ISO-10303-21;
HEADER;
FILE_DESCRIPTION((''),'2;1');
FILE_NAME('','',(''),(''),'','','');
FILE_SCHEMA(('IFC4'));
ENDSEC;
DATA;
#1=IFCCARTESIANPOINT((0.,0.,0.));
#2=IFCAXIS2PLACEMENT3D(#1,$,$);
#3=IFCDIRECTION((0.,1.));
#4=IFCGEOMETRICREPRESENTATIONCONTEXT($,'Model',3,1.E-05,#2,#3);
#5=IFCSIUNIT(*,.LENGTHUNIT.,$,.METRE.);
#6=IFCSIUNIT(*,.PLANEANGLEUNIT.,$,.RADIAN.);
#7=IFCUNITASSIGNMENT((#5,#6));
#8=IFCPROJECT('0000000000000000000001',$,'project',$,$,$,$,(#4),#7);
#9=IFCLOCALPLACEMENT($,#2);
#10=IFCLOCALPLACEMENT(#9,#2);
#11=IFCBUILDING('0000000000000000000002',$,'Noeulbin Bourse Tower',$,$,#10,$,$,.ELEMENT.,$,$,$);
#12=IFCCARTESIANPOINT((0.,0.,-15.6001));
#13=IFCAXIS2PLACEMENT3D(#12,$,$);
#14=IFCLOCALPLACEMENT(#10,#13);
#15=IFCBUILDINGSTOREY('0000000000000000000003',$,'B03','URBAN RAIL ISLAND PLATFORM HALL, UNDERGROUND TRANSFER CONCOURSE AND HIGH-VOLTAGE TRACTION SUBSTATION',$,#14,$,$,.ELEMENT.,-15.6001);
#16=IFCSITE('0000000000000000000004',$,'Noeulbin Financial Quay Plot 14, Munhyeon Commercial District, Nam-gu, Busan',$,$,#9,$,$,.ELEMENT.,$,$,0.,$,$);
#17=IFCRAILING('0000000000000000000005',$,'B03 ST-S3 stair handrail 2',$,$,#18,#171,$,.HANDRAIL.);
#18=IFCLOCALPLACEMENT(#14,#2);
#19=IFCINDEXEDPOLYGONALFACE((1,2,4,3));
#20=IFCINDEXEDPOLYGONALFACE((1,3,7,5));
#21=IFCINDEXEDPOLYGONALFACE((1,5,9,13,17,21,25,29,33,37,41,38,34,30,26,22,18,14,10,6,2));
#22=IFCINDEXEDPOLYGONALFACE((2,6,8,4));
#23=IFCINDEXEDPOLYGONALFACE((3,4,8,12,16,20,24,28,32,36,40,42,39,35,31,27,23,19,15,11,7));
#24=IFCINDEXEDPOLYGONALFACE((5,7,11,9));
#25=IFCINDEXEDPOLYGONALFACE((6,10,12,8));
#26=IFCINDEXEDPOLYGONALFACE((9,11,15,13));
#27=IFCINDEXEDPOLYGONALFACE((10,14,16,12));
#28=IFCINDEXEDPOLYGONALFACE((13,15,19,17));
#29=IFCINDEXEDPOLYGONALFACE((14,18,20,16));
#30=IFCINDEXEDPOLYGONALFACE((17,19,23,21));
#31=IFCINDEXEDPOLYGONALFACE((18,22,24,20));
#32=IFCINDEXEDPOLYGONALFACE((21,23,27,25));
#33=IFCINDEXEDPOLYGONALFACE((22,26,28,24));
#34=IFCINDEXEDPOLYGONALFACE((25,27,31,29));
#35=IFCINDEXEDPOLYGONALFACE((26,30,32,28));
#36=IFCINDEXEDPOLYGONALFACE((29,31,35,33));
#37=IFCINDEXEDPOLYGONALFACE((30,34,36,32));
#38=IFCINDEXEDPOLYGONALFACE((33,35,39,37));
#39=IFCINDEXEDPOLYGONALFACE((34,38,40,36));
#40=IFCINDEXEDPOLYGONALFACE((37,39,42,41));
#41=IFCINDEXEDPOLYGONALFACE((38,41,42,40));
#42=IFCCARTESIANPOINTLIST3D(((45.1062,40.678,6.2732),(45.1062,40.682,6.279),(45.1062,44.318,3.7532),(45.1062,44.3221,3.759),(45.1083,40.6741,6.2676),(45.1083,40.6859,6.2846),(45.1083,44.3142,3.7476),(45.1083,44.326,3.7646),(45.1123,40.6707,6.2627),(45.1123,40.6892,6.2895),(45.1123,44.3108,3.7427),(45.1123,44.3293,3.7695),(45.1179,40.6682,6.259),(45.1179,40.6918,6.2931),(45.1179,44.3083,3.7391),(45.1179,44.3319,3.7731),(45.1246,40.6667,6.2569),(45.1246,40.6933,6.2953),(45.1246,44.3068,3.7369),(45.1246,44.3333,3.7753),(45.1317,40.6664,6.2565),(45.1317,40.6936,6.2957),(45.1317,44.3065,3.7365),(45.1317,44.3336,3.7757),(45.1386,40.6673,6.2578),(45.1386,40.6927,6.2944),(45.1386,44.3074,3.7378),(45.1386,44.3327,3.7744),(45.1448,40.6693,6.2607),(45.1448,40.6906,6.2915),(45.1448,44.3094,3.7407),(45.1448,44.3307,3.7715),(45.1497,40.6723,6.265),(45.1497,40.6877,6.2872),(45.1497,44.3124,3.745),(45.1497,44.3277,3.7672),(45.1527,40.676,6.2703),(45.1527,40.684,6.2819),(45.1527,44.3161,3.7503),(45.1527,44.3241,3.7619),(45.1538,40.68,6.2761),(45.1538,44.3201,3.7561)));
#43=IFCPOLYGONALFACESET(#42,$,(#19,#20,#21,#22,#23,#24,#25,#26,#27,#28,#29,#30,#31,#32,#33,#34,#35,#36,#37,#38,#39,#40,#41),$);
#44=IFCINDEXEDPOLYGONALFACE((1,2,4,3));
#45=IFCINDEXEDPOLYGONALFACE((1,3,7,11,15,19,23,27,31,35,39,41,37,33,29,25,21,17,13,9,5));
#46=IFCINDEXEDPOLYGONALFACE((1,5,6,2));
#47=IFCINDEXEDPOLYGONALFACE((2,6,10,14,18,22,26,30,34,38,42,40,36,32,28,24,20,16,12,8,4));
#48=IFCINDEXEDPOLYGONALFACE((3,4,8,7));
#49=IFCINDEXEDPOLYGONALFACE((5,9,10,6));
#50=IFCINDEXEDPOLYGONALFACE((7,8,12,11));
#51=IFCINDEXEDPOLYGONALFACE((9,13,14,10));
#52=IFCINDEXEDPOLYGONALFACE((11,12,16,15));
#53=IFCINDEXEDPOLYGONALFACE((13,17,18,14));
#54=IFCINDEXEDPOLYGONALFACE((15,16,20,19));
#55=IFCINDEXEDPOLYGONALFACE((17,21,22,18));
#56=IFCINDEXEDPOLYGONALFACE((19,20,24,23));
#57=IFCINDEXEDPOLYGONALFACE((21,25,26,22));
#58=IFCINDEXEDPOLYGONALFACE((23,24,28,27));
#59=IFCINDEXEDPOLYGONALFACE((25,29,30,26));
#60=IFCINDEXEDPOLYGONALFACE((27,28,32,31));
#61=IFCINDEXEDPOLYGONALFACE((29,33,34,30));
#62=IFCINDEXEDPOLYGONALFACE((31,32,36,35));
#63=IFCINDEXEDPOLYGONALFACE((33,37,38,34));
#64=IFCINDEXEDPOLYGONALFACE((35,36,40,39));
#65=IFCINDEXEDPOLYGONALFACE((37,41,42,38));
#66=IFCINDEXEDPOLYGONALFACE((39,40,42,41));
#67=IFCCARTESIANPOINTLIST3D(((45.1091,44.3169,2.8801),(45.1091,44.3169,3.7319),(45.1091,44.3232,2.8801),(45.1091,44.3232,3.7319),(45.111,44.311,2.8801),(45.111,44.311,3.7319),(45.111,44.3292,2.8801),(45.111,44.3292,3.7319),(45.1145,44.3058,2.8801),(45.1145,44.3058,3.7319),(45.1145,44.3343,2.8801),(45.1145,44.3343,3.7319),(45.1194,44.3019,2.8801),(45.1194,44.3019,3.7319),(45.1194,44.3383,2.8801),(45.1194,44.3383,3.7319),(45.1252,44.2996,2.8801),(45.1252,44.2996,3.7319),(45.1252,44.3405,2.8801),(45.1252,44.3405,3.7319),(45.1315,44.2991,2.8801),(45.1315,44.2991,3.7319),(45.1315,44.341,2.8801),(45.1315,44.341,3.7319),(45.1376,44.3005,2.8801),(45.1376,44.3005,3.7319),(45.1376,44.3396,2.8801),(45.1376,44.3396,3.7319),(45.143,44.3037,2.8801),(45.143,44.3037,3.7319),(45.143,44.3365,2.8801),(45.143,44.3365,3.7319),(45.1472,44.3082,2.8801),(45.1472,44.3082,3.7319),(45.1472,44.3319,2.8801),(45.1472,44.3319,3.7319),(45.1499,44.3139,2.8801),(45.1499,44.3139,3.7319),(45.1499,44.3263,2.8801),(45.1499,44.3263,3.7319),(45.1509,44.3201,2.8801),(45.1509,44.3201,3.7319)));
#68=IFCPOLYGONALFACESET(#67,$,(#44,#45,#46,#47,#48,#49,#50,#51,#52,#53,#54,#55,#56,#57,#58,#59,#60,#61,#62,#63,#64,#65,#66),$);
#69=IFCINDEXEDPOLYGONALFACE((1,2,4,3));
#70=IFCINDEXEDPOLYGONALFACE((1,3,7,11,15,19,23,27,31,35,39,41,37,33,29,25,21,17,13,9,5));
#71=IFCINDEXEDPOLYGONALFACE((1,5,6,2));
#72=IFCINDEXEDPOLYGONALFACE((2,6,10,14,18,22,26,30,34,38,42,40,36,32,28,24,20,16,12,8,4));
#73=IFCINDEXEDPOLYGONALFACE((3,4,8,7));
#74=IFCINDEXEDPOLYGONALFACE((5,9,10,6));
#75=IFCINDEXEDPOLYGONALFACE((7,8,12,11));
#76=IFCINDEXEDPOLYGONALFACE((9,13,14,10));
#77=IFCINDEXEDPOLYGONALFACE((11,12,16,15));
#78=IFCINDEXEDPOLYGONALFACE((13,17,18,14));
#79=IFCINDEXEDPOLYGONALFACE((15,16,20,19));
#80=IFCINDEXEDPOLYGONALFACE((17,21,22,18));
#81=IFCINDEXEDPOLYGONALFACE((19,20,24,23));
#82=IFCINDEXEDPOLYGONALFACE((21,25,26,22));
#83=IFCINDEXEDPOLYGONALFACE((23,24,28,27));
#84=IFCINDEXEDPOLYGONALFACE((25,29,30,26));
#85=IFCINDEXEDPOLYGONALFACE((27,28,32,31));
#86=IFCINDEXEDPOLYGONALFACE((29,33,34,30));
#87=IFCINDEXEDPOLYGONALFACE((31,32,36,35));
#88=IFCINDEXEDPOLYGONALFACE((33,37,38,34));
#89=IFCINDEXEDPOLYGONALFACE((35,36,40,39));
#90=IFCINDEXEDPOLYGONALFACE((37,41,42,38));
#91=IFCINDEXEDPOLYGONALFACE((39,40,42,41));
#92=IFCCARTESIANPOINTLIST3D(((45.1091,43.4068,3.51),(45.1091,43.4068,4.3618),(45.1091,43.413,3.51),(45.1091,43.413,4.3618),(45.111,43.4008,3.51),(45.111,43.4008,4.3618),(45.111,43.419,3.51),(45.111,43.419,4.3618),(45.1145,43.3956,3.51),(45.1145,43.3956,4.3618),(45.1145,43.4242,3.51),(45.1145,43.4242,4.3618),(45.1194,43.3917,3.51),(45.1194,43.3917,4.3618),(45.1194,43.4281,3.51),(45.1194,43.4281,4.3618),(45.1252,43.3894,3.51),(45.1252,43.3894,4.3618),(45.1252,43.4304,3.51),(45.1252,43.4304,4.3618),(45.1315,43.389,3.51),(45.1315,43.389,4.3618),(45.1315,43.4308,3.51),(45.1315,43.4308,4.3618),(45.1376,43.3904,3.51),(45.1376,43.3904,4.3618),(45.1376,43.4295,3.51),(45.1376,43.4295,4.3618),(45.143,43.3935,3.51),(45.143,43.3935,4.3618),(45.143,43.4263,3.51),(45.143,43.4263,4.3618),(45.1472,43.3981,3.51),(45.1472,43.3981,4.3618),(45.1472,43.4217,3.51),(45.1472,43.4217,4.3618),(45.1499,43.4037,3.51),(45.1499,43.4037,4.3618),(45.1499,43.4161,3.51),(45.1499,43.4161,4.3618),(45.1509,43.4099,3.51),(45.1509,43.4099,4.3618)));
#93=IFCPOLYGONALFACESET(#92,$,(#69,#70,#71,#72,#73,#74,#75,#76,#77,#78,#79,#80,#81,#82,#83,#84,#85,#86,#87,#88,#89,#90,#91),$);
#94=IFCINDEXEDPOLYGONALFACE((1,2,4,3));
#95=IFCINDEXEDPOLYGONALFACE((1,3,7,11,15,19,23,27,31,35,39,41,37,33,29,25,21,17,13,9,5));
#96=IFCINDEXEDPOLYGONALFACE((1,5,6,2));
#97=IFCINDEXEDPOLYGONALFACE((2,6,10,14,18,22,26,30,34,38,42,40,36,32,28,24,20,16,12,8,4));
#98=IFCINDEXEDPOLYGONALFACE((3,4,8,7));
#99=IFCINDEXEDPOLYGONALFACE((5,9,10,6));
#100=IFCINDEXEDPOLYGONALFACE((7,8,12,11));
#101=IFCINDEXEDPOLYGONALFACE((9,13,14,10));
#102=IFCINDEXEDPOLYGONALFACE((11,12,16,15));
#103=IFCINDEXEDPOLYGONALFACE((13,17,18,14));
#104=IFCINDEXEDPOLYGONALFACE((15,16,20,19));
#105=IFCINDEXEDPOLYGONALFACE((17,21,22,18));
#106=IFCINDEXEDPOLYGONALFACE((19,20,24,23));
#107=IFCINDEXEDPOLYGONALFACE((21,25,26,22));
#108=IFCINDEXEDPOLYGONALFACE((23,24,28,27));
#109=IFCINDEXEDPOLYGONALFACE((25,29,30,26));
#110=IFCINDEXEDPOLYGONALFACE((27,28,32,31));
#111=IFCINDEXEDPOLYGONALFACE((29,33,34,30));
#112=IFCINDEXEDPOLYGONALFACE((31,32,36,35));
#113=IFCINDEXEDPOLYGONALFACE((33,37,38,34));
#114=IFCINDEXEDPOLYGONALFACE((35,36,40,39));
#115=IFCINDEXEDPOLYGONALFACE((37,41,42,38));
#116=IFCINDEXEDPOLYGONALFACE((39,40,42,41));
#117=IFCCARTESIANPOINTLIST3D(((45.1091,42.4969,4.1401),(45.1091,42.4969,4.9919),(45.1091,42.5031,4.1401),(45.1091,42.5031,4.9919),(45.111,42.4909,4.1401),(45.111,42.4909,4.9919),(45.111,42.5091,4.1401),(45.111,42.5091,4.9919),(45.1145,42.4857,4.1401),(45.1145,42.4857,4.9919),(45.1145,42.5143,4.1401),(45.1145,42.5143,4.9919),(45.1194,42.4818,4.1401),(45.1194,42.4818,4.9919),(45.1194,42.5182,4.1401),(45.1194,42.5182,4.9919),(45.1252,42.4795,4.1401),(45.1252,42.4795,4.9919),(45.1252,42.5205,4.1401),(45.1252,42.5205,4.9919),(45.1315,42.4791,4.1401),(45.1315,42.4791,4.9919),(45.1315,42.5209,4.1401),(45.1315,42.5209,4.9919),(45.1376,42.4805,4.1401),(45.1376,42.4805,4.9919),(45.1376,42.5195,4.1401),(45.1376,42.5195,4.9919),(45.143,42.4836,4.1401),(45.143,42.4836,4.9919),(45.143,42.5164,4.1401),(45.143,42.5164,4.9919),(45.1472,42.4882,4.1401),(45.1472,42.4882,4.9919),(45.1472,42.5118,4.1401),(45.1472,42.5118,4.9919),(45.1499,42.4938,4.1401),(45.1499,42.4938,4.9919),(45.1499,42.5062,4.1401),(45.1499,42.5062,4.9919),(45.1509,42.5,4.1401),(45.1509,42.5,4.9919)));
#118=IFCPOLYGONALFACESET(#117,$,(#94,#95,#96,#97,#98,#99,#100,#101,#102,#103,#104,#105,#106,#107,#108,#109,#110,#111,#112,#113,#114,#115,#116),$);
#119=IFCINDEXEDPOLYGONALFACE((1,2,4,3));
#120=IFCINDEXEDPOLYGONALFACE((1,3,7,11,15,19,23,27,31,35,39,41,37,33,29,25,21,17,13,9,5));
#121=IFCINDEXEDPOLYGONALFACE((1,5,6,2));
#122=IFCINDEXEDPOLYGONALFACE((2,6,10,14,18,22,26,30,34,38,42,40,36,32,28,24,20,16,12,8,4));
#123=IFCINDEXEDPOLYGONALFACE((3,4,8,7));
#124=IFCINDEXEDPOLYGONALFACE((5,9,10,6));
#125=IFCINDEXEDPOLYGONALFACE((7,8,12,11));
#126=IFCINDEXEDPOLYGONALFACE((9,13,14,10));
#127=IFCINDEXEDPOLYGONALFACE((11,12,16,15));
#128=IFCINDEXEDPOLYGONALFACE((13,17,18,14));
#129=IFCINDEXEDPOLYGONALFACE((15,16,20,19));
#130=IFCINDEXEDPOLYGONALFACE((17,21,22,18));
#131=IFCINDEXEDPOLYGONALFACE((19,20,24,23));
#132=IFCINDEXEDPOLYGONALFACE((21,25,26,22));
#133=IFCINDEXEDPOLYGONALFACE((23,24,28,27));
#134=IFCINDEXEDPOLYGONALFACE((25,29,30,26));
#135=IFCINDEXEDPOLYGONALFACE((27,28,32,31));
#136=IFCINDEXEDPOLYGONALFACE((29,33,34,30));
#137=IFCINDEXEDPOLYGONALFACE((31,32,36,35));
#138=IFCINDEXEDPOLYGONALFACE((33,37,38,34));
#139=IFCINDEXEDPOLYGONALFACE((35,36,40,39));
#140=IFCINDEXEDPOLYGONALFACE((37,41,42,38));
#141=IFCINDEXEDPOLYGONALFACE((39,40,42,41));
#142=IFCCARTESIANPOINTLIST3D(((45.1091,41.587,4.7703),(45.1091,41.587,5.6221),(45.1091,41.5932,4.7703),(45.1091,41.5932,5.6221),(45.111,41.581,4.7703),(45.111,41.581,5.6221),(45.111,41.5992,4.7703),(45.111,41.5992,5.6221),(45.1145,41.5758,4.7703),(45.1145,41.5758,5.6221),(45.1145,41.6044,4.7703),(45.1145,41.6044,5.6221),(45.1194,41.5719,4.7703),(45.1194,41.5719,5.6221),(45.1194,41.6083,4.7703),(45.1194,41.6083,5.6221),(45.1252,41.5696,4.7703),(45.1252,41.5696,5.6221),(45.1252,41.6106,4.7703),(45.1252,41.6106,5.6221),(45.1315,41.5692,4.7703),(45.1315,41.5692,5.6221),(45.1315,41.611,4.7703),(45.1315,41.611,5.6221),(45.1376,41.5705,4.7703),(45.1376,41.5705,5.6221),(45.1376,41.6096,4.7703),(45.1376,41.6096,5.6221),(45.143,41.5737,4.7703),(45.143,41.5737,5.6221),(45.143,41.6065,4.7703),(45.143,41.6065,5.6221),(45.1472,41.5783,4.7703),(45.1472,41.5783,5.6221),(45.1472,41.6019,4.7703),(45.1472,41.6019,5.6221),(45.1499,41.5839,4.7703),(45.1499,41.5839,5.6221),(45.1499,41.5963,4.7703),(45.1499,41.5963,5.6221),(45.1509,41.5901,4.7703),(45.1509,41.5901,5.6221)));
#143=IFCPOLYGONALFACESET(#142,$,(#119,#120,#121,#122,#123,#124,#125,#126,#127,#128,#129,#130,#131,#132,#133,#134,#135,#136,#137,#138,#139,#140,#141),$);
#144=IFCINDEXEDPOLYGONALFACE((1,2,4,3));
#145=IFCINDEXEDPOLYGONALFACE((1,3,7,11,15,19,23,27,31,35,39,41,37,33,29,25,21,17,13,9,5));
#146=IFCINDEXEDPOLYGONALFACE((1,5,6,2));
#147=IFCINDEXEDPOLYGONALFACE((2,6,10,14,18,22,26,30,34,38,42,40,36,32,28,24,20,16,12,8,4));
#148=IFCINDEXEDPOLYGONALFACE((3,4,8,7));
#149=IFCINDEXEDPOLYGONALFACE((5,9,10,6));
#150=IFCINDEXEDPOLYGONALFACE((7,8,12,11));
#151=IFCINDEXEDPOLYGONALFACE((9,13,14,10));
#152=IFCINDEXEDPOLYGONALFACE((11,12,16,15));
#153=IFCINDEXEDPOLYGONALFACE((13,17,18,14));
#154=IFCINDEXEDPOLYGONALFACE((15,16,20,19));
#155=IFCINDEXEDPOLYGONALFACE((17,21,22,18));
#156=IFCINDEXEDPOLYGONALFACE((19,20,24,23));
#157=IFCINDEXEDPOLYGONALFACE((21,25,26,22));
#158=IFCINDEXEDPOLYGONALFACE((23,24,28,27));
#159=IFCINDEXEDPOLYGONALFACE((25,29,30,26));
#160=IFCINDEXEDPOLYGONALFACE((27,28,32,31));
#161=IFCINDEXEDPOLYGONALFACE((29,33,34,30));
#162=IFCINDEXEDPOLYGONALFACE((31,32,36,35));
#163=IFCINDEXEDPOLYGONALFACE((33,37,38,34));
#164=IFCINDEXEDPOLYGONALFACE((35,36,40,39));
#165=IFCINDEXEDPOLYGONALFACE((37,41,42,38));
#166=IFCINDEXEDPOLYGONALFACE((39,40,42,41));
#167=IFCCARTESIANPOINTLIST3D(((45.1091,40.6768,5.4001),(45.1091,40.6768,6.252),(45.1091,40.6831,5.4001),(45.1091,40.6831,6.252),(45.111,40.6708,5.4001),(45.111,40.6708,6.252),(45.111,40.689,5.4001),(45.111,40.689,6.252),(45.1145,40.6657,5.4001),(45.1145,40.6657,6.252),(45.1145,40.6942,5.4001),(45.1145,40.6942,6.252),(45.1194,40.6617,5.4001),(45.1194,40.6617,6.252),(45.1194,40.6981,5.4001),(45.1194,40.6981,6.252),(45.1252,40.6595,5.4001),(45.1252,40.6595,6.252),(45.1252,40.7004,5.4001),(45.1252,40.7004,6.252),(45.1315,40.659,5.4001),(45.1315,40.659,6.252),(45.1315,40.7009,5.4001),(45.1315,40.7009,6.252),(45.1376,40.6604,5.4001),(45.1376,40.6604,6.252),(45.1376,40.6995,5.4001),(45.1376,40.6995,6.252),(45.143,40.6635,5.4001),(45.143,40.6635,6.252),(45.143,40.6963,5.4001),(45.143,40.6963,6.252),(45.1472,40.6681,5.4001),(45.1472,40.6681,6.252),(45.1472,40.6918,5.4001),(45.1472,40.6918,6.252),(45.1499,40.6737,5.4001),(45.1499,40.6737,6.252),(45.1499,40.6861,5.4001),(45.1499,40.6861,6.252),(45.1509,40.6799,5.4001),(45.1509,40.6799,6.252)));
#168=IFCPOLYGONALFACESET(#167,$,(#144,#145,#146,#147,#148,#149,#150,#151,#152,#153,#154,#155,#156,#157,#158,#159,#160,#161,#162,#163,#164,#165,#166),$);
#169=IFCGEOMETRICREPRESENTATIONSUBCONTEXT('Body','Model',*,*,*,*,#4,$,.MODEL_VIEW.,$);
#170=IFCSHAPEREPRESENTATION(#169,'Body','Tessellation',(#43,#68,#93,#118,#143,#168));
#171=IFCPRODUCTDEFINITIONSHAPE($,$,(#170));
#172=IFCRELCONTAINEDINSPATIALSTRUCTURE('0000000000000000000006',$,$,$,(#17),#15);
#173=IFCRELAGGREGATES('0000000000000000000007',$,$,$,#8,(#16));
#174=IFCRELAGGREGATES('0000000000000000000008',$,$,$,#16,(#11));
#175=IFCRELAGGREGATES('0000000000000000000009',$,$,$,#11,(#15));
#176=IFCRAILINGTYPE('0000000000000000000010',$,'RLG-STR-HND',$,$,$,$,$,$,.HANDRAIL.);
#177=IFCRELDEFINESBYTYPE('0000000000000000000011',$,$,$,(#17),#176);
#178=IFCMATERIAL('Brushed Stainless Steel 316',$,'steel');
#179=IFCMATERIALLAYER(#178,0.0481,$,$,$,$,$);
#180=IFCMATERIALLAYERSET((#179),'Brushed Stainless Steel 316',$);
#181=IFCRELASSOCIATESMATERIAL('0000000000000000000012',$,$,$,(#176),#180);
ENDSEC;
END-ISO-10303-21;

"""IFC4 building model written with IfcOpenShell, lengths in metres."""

from ifc_helpers import new_model, si_unit, direction, frame, origin, origin_2d, place, context, subcontext, project, spatial, circle, extrude, material, layer, layer_set, type_object, element, save


model = new_model("IFC4")

# Units and contexts
model_context = context("Model", 3, precision=1e-05, world=origin(), true_north=direction((0.0, 1.0)))
body_context = subcontext(model_context, "Body", "Model", "MODEL_VIEW")
ifc_project = project(units=[si_unit("LENGTHUNIT", "METRE"), si_unit("PLANEANGLEUNIT", "RADIAN")], contexts=[model_context])

# Site, building, storey
site_placement = place(None, origin())
site = spatial("IfcSite", under=ifc_project, at=site_placement, Name="Noeulbin Financial Quay Plot 14, Munhyeon Commercial District, Nam-gu, Busan", CompositionType="ELEMENT", RefElevation=0.0)
building_placement = place(site_placement, origin())
building = spatial("IfcBuilding", under=site, at=building_placement, Name="Noeulbin Bourse Tower", CompositionType="ELEMENT")
storey_placement = place(building_placement, frame((0.0, 0.0, -15.6001)))
storey = spatial("IfcBuildingStorey", under=building, at=storey_placement, Name="B03", Description="URBAN RAIL ISLAND PLATFORM HALL, UNDERGROUND TRANSFER CONCOURSE AND HIGH-VOLTAGE TRACTION SUBSTATION", CompositionType="ELEMENT", Elevation=-15.6001)

# Railing
ifc_material_1 = material(Name="Brushed Stainless Steel 316", Category="steel")
ifc_layer_1 = layer(ifc_material_1, 0.0481)
ifc_layer_set_1 = layer_set([ifc_layer_1], Name="Brushed Stainless Steel 316")
railing_type_1 = type_object("IfcRailingType", Name="RLG-STR-HND", PredefinedType="HANDRAIL", material=ifc_layer_set_1)
railing_1_placement = place(storey_placement, frame((45.1299, 44.3201, 2.8801)))
element("IfcRailing", 1, at=railing_1_placement, inside=storey, type_object=railing_type_1, Name="B03 ST-S3 stair handrail 2", PredefinedType="HANDRAIL", context=body_context, shape_type="SweptSolid", body=[
    extrude(circle(Radius=0.0239, at=origin_2d()), frame((0.0, 0.0, 0.876), z_axis=(0.0, -0.8222, 0.569199), x_axis=(1.0, 0.0, 0.0)), (0.0, 0.0, 1.0), 4.4272),
    extrude(circle(Radius=0.021, at=origin_2d()), origin(), (0.0, 0.0, 1.0), 0.8518),
    extrude(circle(Radius=0.021, at=origin_2d()), frame((0.0, -0.9102, 0.6299)), (0.0, 0.0, 1.0), 0.8518),
    extrude(circle(Radius=0.021, at=origin_2d()), frame((0.0, -1.8201, 1.26)), (0.0, 0.0, 1.0), 0.8518),
    extrude(circle(Radius=0.021, at=origin_2d()), frame((0.0, -2.73, 1.8901)), (0.0, 0.0, 1.0), 0.8518),
    extrude(circle(Radius=0.021, at=origin_2d()), frame((0.0, -3.6401, 2.52)), (0.0, 0.0, 1.0), 0.8518),
])

save(model, "model.ifc")
